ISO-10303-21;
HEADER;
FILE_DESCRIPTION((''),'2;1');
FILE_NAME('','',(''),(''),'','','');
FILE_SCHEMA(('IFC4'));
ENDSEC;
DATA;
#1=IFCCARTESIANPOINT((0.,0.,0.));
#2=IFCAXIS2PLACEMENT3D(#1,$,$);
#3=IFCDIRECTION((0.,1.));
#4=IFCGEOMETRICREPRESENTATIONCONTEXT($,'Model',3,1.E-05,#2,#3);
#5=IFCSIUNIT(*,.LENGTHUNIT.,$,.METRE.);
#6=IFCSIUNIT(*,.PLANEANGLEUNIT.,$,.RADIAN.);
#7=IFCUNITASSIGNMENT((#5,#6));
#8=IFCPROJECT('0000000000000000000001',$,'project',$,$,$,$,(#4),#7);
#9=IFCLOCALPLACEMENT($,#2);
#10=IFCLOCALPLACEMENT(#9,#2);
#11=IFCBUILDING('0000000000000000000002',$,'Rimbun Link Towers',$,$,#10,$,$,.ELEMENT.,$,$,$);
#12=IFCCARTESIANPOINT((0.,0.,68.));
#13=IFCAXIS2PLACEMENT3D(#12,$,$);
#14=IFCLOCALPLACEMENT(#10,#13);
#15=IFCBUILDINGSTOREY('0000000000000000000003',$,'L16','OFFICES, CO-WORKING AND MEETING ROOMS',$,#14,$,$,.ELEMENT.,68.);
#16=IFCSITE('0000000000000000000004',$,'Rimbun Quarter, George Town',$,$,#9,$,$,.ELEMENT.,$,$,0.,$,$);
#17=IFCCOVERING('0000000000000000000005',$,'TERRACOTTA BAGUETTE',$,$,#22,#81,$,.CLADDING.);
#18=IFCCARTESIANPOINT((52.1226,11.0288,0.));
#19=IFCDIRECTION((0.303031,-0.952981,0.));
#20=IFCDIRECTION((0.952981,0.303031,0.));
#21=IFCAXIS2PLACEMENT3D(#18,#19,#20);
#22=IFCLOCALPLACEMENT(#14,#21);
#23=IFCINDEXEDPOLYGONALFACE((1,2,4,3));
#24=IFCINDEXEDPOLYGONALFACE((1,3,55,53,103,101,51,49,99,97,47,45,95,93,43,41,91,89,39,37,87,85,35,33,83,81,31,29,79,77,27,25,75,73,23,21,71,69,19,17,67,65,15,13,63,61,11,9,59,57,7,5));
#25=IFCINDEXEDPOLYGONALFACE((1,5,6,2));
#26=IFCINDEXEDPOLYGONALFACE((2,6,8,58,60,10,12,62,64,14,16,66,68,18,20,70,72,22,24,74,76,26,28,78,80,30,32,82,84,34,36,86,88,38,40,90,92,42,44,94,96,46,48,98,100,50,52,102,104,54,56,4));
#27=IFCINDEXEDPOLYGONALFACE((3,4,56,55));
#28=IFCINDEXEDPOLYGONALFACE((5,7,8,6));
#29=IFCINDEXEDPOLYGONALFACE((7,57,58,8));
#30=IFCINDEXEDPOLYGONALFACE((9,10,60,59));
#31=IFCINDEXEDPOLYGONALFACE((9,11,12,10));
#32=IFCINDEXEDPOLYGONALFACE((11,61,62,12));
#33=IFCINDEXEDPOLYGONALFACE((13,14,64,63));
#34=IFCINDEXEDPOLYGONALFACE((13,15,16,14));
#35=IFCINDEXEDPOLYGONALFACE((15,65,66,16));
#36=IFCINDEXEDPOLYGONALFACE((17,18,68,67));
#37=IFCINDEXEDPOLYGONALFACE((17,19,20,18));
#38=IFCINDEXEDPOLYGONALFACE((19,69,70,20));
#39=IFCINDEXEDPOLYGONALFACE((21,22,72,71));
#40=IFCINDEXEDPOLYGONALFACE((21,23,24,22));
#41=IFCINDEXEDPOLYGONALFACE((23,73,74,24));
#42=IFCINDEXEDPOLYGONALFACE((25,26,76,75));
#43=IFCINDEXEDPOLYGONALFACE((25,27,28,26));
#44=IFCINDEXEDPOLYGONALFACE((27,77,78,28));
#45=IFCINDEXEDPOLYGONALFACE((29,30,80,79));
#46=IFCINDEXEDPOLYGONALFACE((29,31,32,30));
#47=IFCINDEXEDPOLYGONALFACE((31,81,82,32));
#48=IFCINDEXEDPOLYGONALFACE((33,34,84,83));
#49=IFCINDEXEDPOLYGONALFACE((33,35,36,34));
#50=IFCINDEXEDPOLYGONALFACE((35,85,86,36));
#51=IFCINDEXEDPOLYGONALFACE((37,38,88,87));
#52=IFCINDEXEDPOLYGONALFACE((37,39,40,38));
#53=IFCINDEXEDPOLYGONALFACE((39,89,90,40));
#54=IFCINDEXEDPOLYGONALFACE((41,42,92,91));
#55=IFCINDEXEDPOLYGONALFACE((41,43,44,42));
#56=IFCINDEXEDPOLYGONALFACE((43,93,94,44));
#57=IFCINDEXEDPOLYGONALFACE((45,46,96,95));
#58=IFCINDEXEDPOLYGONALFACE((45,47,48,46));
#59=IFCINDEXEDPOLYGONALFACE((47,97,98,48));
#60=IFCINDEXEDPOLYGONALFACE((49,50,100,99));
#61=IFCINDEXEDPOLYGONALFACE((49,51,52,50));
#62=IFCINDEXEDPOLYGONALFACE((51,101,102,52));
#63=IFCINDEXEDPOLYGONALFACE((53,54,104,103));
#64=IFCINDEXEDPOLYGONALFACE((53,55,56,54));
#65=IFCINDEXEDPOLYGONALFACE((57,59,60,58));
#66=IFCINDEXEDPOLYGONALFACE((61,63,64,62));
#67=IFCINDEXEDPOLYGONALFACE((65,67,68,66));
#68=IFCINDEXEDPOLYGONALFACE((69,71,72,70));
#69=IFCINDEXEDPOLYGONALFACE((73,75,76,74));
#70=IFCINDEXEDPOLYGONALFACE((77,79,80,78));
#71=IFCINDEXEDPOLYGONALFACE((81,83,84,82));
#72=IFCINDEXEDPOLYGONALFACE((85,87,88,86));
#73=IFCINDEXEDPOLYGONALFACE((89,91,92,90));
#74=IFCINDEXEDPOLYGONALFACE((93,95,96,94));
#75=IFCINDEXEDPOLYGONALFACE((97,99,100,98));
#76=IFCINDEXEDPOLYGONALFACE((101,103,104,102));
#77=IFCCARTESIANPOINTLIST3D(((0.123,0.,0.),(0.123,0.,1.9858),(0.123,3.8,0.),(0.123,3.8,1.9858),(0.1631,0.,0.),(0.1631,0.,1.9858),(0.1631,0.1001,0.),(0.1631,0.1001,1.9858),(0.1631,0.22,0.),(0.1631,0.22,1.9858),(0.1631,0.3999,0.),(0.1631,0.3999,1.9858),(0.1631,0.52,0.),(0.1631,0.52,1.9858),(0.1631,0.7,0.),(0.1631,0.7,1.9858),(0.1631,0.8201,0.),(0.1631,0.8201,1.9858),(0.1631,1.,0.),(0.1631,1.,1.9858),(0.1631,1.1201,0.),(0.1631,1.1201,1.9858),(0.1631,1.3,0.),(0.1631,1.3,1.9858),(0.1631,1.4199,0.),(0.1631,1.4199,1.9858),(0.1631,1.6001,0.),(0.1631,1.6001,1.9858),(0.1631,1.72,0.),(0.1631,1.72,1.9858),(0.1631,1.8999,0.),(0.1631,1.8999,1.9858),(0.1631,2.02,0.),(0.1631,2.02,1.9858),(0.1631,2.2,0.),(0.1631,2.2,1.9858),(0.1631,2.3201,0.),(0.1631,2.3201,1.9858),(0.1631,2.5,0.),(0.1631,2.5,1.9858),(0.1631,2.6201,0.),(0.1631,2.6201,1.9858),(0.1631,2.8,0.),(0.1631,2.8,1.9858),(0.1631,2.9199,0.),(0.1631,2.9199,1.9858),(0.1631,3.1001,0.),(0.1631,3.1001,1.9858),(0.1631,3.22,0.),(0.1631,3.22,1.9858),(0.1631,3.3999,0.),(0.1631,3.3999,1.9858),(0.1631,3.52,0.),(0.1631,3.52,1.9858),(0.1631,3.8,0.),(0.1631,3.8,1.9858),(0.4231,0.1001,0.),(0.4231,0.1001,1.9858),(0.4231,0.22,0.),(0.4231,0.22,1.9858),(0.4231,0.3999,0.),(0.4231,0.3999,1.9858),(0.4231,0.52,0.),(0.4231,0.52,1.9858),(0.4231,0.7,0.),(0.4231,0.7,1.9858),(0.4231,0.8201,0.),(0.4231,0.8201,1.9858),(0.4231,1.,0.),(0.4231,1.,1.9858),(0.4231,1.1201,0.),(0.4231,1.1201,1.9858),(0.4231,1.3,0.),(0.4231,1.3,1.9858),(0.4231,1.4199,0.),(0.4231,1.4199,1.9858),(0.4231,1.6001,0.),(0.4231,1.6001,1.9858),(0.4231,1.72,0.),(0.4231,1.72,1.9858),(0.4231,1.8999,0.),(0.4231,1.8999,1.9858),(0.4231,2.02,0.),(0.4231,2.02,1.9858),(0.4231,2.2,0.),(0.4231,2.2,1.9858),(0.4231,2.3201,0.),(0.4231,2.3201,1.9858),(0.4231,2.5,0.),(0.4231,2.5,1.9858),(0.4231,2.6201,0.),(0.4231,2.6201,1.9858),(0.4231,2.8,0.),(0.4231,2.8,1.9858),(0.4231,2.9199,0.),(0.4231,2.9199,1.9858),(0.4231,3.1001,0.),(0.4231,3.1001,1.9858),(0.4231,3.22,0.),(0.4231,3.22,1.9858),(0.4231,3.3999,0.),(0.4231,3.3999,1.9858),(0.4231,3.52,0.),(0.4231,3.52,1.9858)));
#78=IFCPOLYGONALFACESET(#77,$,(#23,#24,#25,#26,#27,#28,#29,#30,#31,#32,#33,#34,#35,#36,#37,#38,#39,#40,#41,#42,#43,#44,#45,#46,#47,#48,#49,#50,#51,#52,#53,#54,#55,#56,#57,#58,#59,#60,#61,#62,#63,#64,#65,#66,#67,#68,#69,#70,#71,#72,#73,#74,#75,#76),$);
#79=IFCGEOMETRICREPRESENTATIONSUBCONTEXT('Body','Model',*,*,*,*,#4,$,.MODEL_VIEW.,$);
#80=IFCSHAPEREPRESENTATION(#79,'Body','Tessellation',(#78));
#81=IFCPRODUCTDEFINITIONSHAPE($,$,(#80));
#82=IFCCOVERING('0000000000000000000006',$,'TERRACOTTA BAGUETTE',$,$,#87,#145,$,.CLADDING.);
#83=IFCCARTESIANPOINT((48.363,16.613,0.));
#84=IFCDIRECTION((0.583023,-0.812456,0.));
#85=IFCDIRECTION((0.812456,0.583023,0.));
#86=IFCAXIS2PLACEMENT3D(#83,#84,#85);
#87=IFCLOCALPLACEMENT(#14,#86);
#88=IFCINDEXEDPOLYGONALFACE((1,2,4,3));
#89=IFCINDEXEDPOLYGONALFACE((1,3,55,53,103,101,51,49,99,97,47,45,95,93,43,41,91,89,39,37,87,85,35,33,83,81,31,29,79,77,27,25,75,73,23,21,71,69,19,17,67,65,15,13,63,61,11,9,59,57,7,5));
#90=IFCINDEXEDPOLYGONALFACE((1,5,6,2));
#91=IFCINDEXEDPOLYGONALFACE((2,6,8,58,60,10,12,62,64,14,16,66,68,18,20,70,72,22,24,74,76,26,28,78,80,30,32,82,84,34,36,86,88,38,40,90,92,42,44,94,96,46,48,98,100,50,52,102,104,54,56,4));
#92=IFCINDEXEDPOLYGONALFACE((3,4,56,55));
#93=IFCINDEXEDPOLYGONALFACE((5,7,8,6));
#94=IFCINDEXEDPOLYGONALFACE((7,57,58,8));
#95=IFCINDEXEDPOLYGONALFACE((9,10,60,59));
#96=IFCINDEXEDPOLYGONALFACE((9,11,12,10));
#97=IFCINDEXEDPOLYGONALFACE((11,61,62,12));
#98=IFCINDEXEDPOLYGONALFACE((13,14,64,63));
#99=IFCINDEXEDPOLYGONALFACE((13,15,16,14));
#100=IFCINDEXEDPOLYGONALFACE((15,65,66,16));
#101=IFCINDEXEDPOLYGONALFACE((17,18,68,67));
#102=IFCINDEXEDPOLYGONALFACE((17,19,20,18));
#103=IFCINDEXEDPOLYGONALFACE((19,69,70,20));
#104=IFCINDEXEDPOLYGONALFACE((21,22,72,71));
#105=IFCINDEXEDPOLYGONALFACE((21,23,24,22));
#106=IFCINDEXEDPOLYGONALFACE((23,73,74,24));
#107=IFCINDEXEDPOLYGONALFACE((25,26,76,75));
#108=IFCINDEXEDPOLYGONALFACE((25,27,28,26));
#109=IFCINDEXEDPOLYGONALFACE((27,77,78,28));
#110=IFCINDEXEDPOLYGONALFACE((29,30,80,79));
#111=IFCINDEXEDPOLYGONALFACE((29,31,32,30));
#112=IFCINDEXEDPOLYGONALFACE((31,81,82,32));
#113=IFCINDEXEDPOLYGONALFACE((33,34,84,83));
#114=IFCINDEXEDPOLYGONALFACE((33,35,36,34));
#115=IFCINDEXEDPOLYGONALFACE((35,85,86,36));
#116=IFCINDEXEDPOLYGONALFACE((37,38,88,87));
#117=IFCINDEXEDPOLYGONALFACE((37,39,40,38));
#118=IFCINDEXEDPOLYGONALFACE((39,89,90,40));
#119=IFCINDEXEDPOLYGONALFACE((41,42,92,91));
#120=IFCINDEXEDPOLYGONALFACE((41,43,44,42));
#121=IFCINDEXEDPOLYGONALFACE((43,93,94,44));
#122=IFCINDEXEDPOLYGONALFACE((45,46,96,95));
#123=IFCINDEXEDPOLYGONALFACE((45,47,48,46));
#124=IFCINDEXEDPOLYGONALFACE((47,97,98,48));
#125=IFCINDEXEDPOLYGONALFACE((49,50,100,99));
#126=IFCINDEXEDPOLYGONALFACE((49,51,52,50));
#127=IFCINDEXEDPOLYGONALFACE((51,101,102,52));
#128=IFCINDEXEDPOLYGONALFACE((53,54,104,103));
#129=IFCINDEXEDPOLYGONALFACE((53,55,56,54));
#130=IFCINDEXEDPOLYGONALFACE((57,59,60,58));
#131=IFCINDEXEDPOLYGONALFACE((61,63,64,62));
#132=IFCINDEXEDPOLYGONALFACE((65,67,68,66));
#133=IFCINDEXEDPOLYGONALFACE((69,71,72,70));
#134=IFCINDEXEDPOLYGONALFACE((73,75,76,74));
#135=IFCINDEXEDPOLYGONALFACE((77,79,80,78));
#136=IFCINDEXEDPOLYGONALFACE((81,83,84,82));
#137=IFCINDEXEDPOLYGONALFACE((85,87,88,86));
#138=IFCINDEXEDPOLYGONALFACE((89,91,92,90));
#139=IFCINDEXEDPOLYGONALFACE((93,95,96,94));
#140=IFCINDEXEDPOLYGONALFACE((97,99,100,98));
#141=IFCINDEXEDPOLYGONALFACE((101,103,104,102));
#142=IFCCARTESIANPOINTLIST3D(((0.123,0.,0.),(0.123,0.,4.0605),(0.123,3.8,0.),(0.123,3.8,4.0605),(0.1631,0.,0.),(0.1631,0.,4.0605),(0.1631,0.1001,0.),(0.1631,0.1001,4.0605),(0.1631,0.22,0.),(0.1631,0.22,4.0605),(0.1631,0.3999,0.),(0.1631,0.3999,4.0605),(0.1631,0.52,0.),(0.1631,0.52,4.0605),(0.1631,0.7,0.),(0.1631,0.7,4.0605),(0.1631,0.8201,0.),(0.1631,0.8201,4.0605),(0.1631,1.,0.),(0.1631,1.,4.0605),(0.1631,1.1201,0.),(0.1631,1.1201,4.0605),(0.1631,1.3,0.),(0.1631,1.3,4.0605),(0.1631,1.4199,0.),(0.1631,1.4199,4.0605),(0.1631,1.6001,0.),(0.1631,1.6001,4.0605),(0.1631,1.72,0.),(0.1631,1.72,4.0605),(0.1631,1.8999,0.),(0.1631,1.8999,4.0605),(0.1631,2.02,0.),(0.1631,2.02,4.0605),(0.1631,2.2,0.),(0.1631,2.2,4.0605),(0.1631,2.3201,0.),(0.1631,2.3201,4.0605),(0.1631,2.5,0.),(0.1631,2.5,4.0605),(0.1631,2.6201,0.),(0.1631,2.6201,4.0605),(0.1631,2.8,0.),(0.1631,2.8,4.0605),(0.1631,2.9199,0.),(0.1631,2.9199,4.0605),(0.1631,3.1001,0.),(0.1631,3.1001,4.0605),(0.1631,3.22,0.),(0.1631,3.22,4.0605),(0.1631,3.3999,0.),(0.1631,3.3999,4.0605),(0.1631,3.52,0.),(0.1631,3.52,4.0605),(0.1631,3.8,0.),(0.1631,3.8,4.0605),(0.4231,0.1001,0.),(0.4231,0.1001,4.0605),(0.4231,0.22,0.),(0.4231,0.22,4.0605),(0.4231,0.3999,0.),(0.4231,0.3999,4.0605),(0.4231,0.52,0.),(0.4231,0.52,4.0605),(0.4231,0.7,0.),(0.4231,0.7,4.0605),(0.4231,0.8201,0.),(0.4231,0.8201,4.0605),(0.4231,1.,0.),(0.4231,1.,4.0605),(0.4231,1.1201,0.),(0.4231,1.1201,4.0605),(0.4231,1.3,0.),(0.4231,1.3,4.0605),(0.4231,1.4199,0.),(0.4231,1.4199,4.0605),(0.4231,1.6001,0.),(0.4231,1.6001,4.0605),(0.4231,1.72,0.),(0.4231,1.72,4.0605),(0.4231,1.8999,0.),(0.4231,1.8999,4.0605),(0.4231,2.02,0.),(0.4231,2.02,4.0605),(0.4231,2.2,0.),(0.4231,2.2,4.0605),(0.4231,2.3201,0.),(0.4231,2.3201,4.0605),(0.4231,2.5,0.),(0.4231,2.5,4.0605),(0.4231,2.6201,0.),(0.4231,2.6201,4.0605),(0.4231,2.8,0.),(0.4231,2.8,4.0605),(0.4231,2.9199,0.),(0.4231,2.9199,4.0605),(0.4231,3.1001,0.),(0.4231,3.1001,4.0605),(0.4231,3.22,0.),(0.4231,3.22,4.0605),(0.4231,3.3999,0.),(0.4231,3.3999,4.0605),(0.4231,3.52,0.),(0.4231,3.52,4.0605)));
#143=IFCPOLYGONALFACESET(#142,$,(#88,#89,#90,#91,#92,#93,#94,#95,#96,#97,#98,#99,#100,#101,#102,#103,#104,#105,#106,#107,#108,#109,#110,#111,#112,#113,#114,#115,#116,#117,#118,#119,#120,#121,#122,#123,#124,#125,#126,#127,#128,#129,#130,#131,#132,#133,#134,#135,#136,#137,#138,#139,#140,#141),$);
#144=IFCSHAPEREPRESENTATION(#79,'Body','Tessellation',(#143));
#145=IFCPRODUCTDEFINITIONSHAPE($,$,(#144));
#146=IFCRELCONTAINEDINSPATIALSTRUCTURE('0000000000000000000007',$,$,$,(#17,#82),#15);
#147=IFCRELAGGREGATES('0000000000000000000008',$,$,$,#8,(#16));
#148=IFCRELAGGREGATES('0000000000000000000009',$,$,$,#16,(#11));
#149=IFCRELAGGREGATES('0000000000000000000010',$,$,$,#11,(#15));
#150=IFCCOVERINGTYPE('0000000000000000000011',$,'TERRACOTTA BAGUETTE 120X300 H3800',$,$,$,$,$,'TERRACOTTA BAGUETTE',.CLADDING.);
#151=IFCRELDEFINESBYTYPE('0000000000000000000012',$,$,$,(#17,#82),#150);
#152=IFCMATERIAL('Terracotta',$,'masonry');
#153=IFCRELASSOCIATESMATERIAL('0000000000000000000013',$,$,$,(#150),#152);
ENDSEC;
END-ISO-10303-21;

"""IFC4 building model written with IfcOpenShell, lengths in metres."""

from ifc_helpers import new_model, si_unit, direction, frame, origin, place, context, subcontext, project, spatial, polyline, outline, extrude, material, material_profile, profile_set, type_object, element, save


model = new_model("IFC4")

# Units and contexts
model_context = context("Model", 3, precision=1e-05, world=origin(), true_north=direction((0.0, 1.0)))
body_context = subcontext(model_context, "Body", "Model", "MODEL_VIEW")
ifc_project = project(units=[si_unit("LENGTHUNIT", "METRE"), si_unit("PLANEANGLEUNIT", "RADIAN")], contexts=[model_context])

# Site, building, storey
site_placement = place(None, origin())
site = spatial("IfcSite", under=ifc_project, at=site_placement, Name="Rimbun Quarter, George Town", CompositionType="ELEMENT", RefElevation=0.0)
building_placement = place(site_placement, origin())
building = spatial("IfcBuilding", under=site, at=building_placement, Name="Rimbun Link Towers", CompositionType="ELEMENT")
storey_placement = place(building_placement, frame((0.0, 0.0, 68.0)))
storey = spatial("IfcBuildingStorey", under=building, at=storey_placement, Name="L16", Description="OFFICES, CO-WORKING AND MEETING ROOMS", CompositionType="ELEMENT", Elevation=68.0)

# Coverings
ifc_material_1 = material(Name="Terracotta", Category="masonry")
ifc_material_profile_1 = material_profile(ifc_material_1, outline(polyline([(0.123, 0.0), (0.1631, 0.0), (0.1631, 0.1001), (0.4231, 0.1001), (0.4231, 0.22), (0.1631, 0.22), (0.1631, 0.3999), (0.4231, 0.3999), (0.4231, 0.52), (0.1631, 0.52), (0.1631, 0.7), (0.4231, 0.7), (0.4231, 0.8201), (0.1631, 0.8201), (0.1631, 1.0), (0.4231, 1.0), (0.4231, 1.1201), (0.1631, 1.1201), (0.1631, 1.3), (0.4231, 1.3), (0.4231, 1.4199), (0.1631, 1.4199), (0.1631, 1.6001), (0.4231, 1.6001), (0.4231, 1.72), (0.1631, 1.72), (0.1631, 1.8999), (0.4231, 1.8999), (0.4231, 2.02), (0.1631, 2.02), (0.1631, 2.2), (0.4231, 2.2), (0.4231, 2.3201), (0.1631, 2.3201), (0.1631, 2.5), (0.4231, 2.5), (0.4231, 2.6201), (0.1631, 2.6201), (0.1631, 2.8), (0.4231, 2.8), (0.4231, 2.9199), (0.1631, 2.9199), (0.1631, 3.1001), (0.4231, 3.1001), (0.4231, 3.22), (0.1631, 3.22), (0.1631, 3.3999), (0.4231, 3.3999), (0.4231, 3.52), (0.1631, 3.52), (0.1631, 3.8), (0.123, 3.8), (0.123, 0.0)])), Name="BAGUETTE 120X300")
ifc_profile_set_1 = profile_set([ifc_material_profile_1], Name="Terracotta")
covering_type = type_object("IfcCoveringType", Name="TERRACOTTA BAGUETTE 120X300 H3800", ElementType="TERRACOTTA BAGUETTE", PredefinedType="CLADDING", material=ifc_profile_set_1)
covering_1_placement = place(storey_placement, frame((52.1226, 11.0288, 0.0), z_axis=(0.303031, -0.952981, 0.0), x_axis=(0.952981, 0.303031, 0.0)))
element("IfcCovering", 1, at=covering_1_placement, inside=storey, type_object=covering_type, Name="TERRACOTTA BAGUETTE", PredefinedType="CLADDING", context=body_context, shape_type="SweptSolid", body=[
    extrude(outline(polyline([(0.123, 0.0), (0.1631, 0.0), (0.1631, 0.1001), (0.4231, 0.1001), (0.4231, 0.22), (0.1631, 0.22), (0.1631, 0.3999), (0.4231, 0.3999), (0.4231, 0.52), (0.1631, 0.52), (0.1631, 0.7), (0.4231, 0.7), (0.4231, 0.8201), (0.1631, 0.8201), (0.1631, 1.0), (0.4231, 1.0), (0.4231, 1.1201), (0.1631, 1.1201), (0.1631, 1.3), (0.4231, 1.3), (0.4231, 1.4199), (0.1631, 1.4199), (0.1631, 1.6001), (0.4231, 1.6001), (0.4231, 1.72), (0.1631, 1.72), (0.1631, 1.8999), (0.4231, 1.8999), (0.4231, 2.02), (0.1631, 2.02), (0.1631, 2.2), (0.4231, 2.2), (0.4231, 2.3201), (0.1631, 2.3201), (0.1631, 2.5), (0.4231, 2.5), (0.4231, 2.6201), (0.1631, 2.6201), (0.1631, 2.8), (0.4231, 2.8), (0.4231, 2.9199), (0.1631, 2.9199), (0.1631, 3.1001), (0.4231, 3.1001), (0.4231, 3.22), (0.1631, 3.22), (0.1631, 3.3999), (0.4231, 3.3999), (0.4231, 3.52), (0.1631, 3.52), (0.1631, 3.8), (0.123, 3.8), (0.123, 0.0)])), origin(), (0.0, 0.0, 1.0), 1.9858),
])
covering_2_placement = place(storey_placement, frame((48.363, 16.613, 0.0), z_axis=(0.583023, -0.812456, 0.0), x_axis=(0.812456, 0.583023, 0.0)))
element("IfcCovering", 2, at=covering_2_placement, inside=storey, type_object=covering_type, Name="TERRACOTTA BAGUETTE", PredefinedType="CLADDING", context=body_context, shape_type="SweptSolid", body=[
    extrude(outline(polyline([(0.123, 0.0), (0.1631, 0.0), (0.1631, 0.1001), (0.4231, 0.1001), (0.4231, 0.22), (0.1631, 0.22), (0.1631, 0.3999), (0.4231, 0.3999), (0.4231, 0.52), (0.1631, 0.52), (0.1631, 0.7), (0.4231, 0.7), (0.4231, 0.8201), (0.1631, 0.8201), (0.1631, 1.0), (0.4231, 1.0), (0.4231, 1.1201), (0.1631, 1.1201), (0.1631, 1.3), (0.4231, 1.3), (0.4231, 1.4199), (0.1631, 1.4199), (0.1631, 1.6001), (0.4231, 1.6001), (0.4231, 1.72), (0.1631, 1.72), (0.1631, 1.8999), (0.4231, 1.8999), (0.4231, 2.02), (0.1631, 2.02), (0.1631, 2.2), (0.4231, 2.2), (0.4231, 2.3201), (0.1631, 2.3201), (0.1631, 2.5), (0.4231, 2.5), (0.4231, 2.6201), (0.1631, 2.6201), (0.1631, 2.8), (0.4231, 2.8), (0.4231, 2.9199), (0.1631, 2.9199), (0.1631, 3.1001), (0.4231, 3.1001), (0.4231, 3.22), (0.1631, 3.22), (0.1631, 3.3999), (0.4231, 3.3999), (0.4231, 3.52), (0.1631, 3.52), (0.1631, 3.8), (0.123, 3.8), (0.123, 0.0)])), origin(), (0.0, 0.0, 1.0), 4.0605),
])

save(model, "model.ifc")
